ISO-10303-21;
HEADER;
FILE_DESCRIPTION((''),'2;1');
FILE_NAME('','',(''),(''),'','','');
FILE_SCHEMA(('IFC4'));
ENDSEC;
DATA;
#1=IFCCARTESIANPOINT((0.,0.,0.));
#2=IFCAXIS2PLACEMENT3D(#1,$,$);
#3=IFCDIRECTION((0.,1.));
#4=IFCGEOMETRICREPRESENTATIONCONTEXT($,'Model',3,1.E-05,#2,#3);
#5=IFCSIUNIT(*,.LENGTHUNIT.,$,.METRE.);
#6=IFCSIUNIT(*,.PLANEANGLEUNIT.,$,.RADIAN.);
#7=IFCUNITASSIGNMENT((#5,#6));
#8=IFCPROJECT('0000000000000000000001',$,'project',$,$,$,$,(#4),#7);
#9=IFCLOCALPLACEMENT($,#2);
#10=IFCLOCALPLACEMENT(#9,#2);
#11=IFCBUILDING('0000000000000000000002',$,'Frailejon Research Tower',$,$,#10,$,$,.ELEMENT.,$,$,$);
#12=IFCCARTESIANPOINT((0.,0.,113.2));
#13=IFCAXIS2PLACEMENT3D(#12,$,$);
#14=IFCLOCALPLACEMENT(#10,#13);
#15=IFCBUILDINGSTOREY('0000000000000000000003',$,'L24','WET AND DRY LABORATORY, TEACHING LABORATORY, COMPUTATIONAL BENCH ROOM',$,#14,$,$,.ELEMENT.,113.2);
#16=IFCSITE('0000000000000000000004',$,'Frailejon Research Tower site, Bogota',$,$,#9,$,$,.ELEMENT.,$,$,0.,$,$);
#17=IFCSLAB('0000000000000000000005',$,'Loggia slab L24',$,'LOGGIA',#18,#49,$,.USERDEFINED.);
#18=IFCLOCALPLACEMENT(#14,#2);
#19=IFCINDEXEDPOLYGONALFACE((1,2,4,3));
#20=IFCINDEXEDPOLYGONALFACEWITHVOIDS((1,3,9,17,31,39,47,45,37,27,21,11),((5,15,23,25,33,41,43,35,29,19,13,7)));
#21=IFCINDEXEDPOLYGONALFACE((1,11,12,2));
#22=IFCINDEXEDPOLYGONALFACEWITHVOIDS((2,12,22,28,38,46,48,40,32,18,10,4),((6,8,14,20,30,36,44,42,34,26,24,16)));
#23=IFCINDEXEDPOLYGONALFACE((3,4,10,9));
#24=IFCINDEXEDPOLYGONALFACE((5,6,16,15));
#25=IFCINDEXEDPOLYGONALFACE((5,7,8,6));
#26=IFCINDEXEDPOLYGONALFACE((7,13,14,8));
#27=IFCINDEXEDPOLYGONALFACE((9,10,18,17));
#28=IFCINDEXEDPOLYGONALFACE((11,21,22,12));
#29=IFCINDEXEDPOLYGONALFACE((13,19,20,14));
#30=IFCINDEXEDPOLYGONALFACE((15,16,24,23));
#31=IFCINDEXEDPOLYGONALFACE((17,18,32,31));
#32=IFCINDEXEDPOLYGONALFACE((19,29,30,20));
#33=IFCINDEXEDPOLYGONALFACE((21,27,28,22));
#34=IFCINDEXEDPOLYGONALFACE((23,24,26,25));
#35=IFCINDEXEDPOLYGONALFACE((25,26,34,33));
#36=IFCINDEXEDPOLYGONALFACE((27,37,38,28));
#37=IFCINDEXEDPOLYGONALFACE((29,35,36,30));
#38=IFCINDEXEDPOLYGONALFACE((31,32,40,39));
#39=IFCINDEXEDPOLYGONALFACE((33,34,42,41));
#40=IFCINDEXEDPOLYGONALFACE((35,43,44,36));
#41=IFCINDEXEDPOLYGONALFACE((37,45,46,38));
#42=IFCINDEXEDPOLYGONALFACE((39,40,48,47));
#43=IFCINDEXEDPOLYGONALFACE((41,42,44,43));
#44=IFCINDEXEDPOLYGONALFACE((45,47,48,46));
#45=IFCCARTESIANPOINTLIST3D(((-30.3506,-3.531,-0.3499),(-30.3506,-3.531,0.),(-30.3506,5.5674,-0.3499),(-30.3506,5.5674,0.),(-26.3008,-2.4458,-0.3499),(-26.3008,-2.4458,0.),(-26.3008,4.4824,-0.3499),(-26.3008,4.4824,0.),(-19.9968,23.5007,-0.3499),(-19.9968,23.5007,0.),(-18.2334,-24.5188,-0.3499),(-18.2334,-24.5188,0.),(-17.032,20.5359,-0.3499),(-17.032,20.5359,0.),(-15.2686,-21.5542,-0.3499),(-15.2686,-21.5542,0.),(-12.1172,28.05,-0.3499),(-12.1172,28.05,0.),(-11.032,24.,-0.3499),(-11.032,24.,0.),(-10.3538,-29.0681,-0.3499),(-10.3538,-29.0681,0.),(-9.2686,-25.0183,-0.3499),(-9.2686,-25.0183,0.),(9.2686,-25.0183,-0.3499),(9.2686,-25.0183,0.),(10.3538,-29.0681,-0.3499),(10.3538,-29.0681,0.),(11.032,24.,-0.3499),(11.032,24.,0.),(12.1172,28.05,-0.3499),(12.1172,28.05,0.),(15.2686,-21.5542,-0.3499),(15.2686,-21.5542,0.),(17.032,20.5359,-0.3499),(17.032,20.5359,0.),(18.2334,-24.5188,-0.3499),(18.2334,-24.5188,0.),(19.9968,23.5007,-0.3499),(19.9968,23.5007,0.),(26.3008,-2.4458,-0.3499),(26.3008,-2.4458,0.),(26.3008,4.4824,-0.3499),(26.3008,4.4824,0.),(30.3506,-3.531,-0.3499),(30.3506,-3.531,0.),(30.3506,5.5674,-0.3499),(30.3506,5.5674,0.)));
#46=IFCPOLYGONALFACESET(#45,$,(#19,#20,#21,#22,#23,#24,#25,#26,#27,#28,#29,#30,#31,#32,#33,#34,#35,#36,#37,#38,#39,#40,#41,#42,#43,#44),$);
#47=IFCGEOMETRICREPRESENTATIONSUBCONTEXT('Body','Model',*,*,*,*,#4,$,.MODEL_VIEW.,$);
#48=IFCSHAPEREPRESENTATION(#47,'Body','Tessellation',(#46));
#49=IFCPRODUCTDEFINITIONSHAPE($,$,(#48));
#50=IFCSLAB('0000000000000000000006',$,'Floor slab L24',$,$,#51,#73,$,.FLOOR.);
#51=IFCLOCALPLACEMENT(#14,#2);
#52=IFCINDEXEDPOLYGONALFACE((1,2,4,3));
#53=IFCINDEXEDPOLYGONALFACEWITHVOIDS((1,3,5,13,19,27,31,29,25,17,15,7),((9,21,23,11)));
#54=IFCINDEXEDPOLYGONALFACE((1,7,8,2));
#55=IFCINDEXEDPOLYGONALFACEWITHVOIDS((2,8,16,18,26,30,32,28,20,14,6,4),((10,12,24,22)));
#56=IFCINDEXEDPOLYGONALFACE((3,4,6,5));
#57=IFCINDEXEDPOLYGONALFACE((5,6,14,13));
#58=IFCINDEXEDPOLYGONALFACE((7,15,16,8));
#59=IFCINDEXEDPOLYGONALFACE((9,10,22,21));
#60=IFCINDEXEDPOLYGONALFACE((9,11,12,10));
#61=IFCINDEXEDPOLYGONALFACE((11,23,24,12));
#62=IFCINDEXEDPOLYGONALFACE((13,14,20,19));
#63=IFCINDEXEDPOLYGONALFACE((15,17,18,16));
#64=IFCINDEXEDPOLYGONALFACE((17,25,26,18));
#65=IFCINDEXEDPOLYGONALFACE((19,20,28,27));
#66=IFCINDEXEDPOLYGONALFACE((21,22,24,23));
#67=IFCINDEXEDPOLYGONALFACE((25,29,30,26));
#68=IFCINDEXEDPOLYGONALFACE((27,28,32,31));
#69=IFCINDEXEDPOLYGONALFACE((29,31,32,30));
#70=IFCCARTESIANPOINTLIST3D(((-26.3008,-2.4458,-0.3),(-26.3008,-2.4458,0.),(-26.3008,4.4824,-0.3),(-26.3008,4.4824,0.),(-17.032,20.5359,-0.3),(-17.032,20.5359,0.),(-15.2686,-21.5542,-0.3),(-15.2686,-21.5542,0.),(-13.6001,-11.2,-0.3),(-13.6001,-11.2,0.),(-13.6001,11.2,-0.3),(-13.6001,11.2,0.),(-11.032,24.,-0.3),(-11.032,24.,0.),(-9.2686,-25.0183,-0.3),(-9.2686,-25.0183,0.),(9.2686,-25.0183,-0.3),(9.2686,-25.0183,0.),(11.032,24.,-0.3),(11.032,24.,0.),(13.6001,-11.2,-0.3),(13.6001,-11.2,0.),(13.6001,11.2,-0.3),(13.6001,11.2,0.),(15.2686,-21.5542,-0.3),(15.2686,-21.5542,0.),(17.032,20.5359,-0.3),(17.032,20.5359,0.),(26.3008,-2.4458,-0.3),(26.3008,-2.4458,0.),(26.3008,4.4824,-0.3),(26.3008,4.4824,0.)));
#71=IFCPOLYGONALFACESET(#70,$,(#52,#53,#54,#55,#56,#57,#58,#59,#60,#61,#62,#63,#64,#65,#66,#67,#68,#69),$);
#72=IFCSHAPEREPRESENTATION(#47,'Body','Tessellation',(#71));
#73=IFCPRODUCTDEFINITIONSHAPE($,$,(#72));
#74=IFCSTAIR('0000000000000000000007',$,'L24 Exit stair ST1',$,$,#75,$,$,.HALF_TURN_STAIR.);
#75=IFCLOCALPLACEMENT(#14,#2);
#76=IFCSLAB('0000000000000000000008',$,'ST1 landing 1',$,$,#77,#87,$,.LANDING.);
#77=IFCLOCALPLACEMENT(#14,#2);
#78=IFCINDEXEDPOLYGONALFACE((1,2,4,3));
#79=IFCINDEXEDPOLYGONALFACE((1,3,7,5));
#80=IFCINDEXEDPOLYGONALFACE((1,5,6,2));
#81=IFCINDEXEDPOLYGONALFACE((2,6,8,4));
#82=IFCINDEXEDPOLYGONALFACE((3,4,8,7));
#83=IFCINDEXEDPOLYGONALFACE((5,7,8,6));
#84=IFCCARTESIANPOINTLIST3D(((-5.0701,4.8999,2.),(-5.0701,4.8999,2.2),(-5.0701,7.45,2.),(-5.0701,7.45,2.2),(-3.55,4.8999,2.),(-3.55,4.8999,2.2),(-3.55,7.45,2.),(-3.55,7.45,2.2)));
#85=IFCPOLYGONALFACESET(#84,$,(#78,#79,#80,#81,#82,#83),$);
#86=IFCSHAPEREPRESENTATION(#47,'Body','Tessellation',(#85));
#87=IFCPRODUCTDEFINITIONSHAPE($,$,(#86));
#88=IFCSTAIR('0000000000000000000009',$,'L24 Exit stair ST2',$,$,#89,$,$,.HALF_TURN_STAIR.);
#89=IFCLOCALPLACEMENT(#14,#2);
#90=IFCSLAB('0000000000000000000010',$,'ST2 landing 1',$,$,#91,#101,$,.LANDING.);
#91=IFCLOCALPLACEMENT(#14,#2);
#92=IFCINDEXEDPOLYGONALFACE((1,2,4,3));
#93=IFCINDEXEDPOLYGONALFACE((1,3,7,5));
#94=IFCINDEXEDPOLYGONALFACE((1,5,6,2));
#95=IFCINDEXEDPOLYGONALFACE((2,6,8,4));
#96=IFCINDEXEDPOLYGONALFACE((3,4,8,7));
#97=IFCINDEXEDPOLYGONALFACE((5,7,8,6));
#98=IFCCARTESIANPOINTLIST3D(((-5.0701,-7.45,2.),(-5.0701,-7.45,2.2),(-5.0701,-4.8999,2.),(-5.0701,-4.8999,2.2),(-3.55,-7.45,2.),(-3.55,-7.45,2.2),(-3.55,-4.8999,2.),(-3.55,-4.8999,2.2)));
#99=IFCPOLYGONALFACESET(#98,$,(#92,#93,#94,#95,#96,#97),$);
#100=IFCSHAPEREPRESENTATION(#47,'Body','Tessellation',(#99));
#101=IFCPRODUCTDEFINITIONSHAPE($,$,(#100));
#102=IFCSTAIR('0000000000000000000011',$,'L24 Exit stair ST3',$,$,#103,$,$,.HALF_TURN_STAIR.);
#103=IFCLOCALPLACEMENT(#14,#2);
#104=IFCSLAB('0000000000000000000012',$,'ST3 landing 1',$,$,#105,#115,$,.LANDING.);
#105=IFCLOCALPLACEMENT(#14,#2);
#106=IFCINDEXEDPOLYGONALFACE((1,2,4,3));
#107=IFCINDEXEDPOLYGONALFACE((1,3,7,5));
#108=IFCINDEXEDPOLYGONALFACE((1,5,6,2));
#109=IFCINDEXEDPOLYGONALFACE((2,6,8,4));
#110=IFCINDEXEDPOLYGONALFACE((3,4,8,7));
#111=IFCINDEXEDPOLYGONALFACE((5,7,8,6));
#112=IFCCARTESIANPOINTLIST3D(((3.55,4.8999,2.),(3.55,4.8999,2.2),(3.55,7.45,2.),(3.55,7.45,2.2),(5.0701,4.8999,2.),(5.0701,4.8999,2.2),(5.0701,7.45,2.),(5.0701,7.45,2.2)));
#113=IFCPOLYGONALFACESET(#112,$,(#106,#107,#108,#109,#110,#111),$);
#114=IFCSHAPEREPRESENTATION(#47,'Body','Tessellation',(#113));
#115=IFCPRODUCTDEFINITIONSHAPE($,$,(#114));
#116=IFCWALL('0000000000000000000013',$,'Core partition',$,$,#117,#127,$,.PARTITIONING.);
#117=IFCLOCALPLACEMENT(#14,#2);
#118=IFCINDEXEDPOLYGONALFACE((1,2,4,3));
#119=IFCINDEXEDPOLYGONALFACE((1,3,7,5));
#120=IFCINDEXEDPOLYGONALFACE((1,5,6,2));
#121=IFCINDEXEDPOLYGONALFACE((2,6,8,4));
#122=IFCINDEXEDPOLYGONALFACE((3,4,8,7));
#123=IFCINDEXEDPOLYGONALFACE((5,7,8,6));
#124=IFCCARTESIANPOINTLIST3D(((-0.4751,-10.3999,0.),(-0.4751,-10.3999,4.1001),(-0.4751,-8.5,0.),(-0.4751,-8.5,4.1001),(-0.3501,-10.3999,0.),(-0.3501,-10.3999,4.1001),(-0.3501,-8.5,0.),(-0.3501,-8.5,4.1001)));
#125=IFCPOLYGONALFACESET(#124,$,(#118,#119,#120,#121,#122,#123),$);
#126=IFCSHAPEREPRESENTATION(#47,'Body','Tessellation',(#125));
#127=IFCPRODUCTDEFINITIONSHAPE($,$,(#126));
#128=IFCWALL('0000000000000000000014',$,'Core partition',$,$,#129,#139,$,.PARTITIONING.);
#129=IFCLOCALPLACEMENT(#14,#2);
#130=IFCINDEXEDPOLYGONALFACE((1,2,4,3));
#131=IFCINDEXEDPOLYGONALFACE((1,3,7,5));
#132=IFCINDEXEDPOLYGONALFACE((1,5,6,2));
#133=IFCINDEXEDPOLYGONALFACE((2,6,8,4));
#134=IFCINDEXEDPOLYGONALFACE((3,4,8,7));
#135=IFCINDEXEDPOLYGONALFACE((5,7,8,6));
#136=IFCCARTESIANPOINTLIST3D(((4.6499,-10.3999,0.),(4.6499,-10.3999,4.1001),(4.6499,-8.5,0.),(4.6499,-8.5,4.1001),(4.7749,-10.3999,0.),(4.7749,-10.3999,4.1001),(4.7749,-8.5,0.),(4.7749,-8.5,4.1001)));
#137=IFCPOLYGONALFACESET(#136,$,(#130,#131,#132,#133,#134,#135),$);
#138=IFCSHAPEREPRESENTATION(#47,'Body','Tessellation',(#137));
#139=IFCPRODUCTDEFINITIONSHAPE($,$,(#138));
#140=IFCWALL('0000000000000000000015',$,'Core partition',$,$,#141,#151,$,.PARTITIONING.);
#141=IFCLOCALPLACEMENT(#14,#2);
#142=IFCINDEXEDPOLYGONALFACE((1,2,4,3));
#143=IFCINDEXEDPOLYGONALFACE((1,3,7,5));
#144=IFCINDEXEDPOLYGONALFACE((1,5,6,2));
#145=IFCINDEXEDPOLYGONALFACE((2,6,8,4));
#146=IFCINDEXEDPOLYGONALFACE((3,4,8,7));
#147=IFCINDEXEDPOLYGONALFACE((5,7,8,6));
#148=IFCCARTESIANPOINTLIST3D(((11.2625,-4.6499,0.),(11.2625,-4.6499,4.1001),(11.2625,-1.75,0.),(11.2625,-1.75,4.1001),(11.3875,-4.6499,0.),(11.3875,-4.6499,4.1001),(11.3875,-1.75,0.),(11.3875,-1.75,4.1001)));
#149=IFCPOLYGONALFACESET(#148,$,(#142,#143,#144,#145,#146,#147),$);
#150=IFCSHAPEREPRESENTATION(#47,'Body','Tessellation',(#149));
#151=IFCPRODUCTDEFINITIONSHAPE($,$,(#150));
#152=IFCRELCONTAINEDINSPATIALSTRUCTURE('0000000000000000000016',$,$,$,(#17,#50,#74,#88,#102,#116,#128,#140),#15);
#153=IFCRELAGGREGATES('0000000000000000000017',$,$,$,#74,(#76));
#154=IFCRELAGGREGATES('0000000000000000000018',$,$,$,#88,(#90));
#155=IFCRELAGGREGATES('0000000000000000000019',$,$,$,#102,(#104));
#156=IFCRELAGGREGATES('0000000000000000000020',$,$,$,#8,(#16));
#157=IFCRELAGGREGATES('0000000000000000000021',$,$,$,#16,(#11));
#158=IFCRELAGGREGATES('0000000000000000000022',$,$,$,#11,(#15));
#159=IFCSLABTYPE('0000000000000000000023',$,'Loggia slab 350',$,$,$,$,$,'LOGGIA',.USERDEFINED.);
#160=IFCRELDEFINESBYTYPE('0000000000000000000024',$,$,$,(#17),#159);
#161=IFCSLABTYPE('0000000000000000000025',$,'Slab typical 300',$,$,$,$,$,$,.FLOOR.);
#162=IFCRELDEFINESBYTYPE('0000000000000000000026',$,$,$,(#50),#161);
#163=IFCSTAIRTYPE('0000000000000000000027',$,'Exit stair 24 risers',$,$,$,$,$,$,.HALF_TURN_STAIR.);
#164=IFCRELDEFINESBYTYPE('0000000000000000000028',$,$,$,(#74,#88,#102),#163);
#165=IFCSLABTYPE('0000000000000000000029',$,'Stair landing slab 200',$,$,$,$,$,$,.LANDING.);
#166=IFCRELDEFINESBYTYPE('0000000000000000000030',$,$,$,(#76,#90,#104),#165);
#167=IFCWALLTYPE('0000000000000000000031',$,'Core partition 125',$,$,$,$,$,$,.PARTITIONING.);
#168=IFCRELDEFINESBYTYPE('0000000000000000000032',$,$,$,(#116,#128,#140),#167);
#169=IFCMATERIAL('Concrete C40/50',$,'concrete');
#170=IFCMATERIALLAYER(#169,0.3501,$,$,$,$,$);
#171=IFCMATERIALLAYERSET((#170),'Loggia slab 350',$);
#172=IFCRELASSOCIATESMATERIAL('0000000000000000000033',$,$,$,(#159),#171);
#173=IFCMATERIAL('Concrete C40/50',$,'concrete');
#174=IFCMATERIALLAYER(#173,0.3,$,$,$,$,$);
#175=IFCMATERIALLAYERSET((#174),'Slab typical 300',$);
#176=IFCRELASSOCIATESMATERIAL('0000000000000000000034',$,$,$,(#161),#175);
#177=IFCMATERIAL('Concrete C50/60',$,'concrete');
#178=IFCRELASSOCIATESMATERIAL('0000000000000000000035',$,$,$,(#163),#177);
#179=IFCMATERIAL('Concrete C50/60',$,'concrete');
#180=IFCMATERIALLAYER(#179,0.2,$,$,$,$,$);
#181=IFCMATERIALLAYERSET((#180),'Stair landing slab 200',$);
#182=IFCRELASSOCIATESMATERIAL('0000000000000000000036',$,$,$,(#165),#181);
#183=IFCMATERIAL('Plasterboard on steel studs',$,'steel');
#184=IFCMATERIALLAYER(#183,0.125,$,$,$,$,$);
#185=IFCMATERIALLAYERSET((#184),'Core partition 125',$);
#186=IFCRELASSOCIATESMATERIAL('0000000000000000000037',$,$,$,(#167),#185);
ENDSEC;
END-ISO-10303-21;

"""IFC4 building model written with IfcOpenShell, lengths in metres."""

from ifc_helpers import new_model, si_unit, direction, frame, frame_2d, origin, place, context, subcontext, project, spatial, polyline, rectangle, outline, extrude, material, layer, layer_set, type_object, element, aggregate, save


model = new_model("IFC4")

# Units and contexts
model_context = context("Model", 3, precision=1e-05, world=origin(), true_north=direction((0.0, 1.0)))
body_context = subcontext(model_context, "Body", "Model", "MODEL_VIEW")
ifc_project = project(units=[si_unit("LENGTHUNIT", "METRE"), si_unit("PLANEANGLEUNIT", "RADIAN")], contexts=[model_context])

# Site, building, storey
site_placement = place(None, origin())
site = spatial("IfcSite", under=ifc_project, at=site_placement, Name="Frailejon Research Tower site, Bogota", CompositionType="ELEMENT", RefElevation=0.0)
building_placement = place(site_placement, origin())
building = spatial("IfcBuilding", under=site, at=building_placement, Name="Frailejon Research Tower", CompositionType="ELEMENT")
storey_placement = place(building_placement, frame((0.0, 0.0, 113.2)))
storey = spatial("IfcBuildingStorey", under=building, at=storey_placement, Name="L24", Description="WET AND DRY LABORATORY, TEACHING LABORATORY, COMPUTATIONAL BENCH ROOM", CompositionType="ELEMENT", Elevation=113.2)

# Slabs
ifc_material_1 = material(Name="Concrete C40/50", Category="concrete")
ifc_layer_1 = layer(ifc_material_1, 0.3501)
ifc_layer_set_1 = layer_set([ifc_layer_1], Name="Loggia slab 350")
slab_type_1 = type_object("IfcSlabType", Name="Loggia slab 350", ElementType="LOGGIA", PredefinedType="USERDEFINED", material=ifc_layer_set_1)
slab_1_placement = place(storey_placement, frame((0.0, 0.0, -0.3499)))
element("IfcSlab", 1, at=slab_1_placement, inside=storey, type_object=slab_type_1, Name="Loggia slab L24", ObjectType="LOGGIA", PredefinedType="USERDEFINED", context=body_context, shape_type="SweptSolid", body=[
    extrude(outline(polyline([(18.2334, -24.5188), (10.3538, -29.0681), (-10.3538, -29.0681), (-18.2334, -24.5188), (-30.3506, -3.531), (-30.3506, 5.5674), (-19.9968, 23.5007), (-12.1172, 28.05), (12.1172, 28.05), (19.9968, 23.5007), (30.3506, 5.5674), (30.3506, -3.531), (18.2334, -24.5188)]), holes=[polyline([(26.3008, 4.4824), (17.032, 20.5359), (11.032, 24.0), (-11.032, 24.0), (-17.032, 20.5359), (-26.3008, 4.4824), (-26.3008, -2.4458), (-15.2686, -21.5542), (-9.2686, -25.0183), (9.2686, -25.0183), (15.2686, -21.5542), (26.3008, -2.4458), (26.3008, 4.4824)])]), origin(), (0.0, 0.0, 1.0), 0.3499),
])
ifc_material_2 = material(Name="Concrete C40/50", Category="concrete")
ifc_layer_2 = layer(ifc_material_2, 0.3)
ifc_layer_set_2 = layer_set([ifc_layer_2], Name="Slab typical 300")
slab_type_2 = type_object("IfcSlabType", Name="Slab typical 300", PredefinedType="FLOOR", material=ifc_layer_set_2)
slab_2_placement = place(storey_placement, frame((0.0, 0.0, -0.3)))
element("IfcSlab", 2, at=slab_2_placement, inside=storey, type_object=slab_type_2, Name="Floor slab L24", PredefinedType="FLOOR", context=body_context, shape_type="SweptSolid", body=[
    extrude(outline(polyline([(26.3008, -2.4458), (26.3008, 4.4824), (17.032, 20.5359), (11.032, 24.0), (-11.032, 24.0), (-17.032, 20.5359), (-26.3008, 4.4824), (-26.3008, -2.4458), (-15.2686, -21.5542), (-9.2686, -25.0183), (9.2686, -25.0183), (15.2686, -21.5542), (26.3008, -2.4458)]), holes=[polyline([(13.6001, -11.2), (-13.6001, -11.2), (-13.6001, 11.2), (13.6001, 11.2), (13.6001, -11.2)])]), origin(), (0.0, 0.0, 1.0), 0.3),
])

# Stairs, slabs
ifc_material_3 = material(Name="Concrete C50/60", Category="concrete")
stair_type = type_object("IfcStairType", Name="Exit stair 24 risers", PredefinedType="HALF_TURN_STAIR", material=ifc_material_3)
stair_1_placement = place(storey_placement, origin())
stair_1 = element("IfcStair", 3, at=stair_1_placement, inside=storey, type_object=stair_type, Name="L24 Exit stair ST1", PredefinedType="HALF_TURN_STAIR")
ifc_material_4 = material(Name="Concrete C50/60", Category="concrete")
ifc_layer_3 = layer(ifc_material_4, 0.2)
ifc_layer_set_3 = layer_set([ifc_layer_3], Name="Stair landing slab 200")
slab_type_3 = type_object("IfcSlabType", Name="Stair landing slab 200", PredefinedType="LANDING", material=ifc_layer_set_3)
slab_3_placement = place(storey_placement, frame((0.0, 0.0, 2.0)))
slab_3 = element("IfcSlab", 4, at=slab_3_placement, type_object=slab_type_3, Name="ST1 landing 1", PredefinedType="LANDING", context=body_context, shape_type="SweptSolid", body=[
    extrude(outline(polyline([(-5.0701, 4.8999), (-3.55, 4.8999), (-3.55, 7.45), (-5.0701, 7.45), (-5.0701, 4.8999)])), origin(), (0.0, 0.0, 1.0), 0.2),
])
aggregate(stair_1, [slab_3])
stair_2_placement = place(storey_placement, origin())
stair_2 = element("IfcStair", 5, at=stair_2_placement, inside=storey, type_object=stair_type, Name="L24 Exit stair ST2", PredefinedType="HALF_TURN_STAIR")
slab_4_placement = place(storey_placement, frame((0.0, 0.0, 2.0)))
slab_4 = element("IfcSlab", 6, at=slab_4_placement, type_object=slab_type_3, Name="ST2 landing 1", PredefinedType="LANDING", context=body_context, shape_type="SweptSolid", body=[
    extrude(outline(polyline([(-5.0701, -7.45), (-3.55, -7.45), (-3.55, -4.8999), (-5.0701, -4.8999), (-5.0701, -7.45)])), origin(), (0.0, 0.0, 1.0), 0.2),
])
aggregate(stair_2, [slab_4])
stair_3_placement = place(storey_placement, origin())
stair_3 = element("IfcStair", 7, at=stair_3_placement, inside=storey, type_object=stair_type, Name="L24 Exit stair ST3", PredefinedType="HALF_TURN_STAIR")
slab_5_placement = place(storey_placement, frame((0.0, 0.0, 2.0)))
slab_5 = element("IfcSlab", 8, at=slab_5_placement, type_object=slab_type_3, Name="ST3 landing 1", PredefinedType="LANDING", context=body_context, shape_type="SweptSolid", body=[
    extrude(outline(polyline([(5.0701, 7.45), (3.55, 7.45), (3.55, 4.8999), (5.0701, 4.8999), (5.0701, 7.45)])), origin(), (0.0, 0.0, 1.0), 0.2),
])
aggregate(stair_3, [slab_5])

# Walls
ifc_material_5 = material(Name="Plasterboard on steel studs", Category="steel")
ifc_layer_4 = layer(ifc_material_5, 0.125)
ifc_layer_set_4 = layer_set([ifc_layer_4], Name="Core partition 125")
wall_type_1 = type_object("IfcWallType", Name="Core partition 125", PredefinedType="PARTITIONING", material=ifc_layer_set_4)
for number, where, z_axis, x_axis, name in (
    (9, (-0.4126, -10.3999, 0.0), (0.0, 0.0, 1.0), (0.0, 1.0, 0.0), "Core partition"),
    (10, (4.7124, -10.3999, 0.0), (0.0, 0.0, 1.0), (0.0, 1.0, 0.0), "Core partition"),
):
    element("IfcWall", number, at=place(storey_placement, frame(where, z_axis=z_axis, x_axis=x_axis)), inside=storey, type_object=wall_type_1, Name=name, PredefinedType="PARTITIONING", context=body_context, shape_type="SweptSolid", body=[
        extrude(rectangle(XDim=1.8999, YDim=0.125, at=frame_2d((0.95, 0.0))), origin(), (0.0, 0.0, 1.0), 4.1001),
    ])
wall_1_placement = place(storey_placement, frame((11.325, -4.6499, 0.0), z_axis=(0.0, 0.0, 1.0), x_axis=(0.0, 1.0, 0.0)))
element("IfcWall", 11, at=wall_1_placement, inside=storey, type_object=wall_type_1, Name="Core partition", PredefinedType="PARTITIONING", context=body_context, shape_type="SweptSolid", body=[
    extrude(rectangle(XDim=2.8999, YDim=0.125, at=frame_2d((1.45, 0.0))), origin(), (0.0, 0.0, 1.0), 4.1001),
])

save(model, "model.ifc")
